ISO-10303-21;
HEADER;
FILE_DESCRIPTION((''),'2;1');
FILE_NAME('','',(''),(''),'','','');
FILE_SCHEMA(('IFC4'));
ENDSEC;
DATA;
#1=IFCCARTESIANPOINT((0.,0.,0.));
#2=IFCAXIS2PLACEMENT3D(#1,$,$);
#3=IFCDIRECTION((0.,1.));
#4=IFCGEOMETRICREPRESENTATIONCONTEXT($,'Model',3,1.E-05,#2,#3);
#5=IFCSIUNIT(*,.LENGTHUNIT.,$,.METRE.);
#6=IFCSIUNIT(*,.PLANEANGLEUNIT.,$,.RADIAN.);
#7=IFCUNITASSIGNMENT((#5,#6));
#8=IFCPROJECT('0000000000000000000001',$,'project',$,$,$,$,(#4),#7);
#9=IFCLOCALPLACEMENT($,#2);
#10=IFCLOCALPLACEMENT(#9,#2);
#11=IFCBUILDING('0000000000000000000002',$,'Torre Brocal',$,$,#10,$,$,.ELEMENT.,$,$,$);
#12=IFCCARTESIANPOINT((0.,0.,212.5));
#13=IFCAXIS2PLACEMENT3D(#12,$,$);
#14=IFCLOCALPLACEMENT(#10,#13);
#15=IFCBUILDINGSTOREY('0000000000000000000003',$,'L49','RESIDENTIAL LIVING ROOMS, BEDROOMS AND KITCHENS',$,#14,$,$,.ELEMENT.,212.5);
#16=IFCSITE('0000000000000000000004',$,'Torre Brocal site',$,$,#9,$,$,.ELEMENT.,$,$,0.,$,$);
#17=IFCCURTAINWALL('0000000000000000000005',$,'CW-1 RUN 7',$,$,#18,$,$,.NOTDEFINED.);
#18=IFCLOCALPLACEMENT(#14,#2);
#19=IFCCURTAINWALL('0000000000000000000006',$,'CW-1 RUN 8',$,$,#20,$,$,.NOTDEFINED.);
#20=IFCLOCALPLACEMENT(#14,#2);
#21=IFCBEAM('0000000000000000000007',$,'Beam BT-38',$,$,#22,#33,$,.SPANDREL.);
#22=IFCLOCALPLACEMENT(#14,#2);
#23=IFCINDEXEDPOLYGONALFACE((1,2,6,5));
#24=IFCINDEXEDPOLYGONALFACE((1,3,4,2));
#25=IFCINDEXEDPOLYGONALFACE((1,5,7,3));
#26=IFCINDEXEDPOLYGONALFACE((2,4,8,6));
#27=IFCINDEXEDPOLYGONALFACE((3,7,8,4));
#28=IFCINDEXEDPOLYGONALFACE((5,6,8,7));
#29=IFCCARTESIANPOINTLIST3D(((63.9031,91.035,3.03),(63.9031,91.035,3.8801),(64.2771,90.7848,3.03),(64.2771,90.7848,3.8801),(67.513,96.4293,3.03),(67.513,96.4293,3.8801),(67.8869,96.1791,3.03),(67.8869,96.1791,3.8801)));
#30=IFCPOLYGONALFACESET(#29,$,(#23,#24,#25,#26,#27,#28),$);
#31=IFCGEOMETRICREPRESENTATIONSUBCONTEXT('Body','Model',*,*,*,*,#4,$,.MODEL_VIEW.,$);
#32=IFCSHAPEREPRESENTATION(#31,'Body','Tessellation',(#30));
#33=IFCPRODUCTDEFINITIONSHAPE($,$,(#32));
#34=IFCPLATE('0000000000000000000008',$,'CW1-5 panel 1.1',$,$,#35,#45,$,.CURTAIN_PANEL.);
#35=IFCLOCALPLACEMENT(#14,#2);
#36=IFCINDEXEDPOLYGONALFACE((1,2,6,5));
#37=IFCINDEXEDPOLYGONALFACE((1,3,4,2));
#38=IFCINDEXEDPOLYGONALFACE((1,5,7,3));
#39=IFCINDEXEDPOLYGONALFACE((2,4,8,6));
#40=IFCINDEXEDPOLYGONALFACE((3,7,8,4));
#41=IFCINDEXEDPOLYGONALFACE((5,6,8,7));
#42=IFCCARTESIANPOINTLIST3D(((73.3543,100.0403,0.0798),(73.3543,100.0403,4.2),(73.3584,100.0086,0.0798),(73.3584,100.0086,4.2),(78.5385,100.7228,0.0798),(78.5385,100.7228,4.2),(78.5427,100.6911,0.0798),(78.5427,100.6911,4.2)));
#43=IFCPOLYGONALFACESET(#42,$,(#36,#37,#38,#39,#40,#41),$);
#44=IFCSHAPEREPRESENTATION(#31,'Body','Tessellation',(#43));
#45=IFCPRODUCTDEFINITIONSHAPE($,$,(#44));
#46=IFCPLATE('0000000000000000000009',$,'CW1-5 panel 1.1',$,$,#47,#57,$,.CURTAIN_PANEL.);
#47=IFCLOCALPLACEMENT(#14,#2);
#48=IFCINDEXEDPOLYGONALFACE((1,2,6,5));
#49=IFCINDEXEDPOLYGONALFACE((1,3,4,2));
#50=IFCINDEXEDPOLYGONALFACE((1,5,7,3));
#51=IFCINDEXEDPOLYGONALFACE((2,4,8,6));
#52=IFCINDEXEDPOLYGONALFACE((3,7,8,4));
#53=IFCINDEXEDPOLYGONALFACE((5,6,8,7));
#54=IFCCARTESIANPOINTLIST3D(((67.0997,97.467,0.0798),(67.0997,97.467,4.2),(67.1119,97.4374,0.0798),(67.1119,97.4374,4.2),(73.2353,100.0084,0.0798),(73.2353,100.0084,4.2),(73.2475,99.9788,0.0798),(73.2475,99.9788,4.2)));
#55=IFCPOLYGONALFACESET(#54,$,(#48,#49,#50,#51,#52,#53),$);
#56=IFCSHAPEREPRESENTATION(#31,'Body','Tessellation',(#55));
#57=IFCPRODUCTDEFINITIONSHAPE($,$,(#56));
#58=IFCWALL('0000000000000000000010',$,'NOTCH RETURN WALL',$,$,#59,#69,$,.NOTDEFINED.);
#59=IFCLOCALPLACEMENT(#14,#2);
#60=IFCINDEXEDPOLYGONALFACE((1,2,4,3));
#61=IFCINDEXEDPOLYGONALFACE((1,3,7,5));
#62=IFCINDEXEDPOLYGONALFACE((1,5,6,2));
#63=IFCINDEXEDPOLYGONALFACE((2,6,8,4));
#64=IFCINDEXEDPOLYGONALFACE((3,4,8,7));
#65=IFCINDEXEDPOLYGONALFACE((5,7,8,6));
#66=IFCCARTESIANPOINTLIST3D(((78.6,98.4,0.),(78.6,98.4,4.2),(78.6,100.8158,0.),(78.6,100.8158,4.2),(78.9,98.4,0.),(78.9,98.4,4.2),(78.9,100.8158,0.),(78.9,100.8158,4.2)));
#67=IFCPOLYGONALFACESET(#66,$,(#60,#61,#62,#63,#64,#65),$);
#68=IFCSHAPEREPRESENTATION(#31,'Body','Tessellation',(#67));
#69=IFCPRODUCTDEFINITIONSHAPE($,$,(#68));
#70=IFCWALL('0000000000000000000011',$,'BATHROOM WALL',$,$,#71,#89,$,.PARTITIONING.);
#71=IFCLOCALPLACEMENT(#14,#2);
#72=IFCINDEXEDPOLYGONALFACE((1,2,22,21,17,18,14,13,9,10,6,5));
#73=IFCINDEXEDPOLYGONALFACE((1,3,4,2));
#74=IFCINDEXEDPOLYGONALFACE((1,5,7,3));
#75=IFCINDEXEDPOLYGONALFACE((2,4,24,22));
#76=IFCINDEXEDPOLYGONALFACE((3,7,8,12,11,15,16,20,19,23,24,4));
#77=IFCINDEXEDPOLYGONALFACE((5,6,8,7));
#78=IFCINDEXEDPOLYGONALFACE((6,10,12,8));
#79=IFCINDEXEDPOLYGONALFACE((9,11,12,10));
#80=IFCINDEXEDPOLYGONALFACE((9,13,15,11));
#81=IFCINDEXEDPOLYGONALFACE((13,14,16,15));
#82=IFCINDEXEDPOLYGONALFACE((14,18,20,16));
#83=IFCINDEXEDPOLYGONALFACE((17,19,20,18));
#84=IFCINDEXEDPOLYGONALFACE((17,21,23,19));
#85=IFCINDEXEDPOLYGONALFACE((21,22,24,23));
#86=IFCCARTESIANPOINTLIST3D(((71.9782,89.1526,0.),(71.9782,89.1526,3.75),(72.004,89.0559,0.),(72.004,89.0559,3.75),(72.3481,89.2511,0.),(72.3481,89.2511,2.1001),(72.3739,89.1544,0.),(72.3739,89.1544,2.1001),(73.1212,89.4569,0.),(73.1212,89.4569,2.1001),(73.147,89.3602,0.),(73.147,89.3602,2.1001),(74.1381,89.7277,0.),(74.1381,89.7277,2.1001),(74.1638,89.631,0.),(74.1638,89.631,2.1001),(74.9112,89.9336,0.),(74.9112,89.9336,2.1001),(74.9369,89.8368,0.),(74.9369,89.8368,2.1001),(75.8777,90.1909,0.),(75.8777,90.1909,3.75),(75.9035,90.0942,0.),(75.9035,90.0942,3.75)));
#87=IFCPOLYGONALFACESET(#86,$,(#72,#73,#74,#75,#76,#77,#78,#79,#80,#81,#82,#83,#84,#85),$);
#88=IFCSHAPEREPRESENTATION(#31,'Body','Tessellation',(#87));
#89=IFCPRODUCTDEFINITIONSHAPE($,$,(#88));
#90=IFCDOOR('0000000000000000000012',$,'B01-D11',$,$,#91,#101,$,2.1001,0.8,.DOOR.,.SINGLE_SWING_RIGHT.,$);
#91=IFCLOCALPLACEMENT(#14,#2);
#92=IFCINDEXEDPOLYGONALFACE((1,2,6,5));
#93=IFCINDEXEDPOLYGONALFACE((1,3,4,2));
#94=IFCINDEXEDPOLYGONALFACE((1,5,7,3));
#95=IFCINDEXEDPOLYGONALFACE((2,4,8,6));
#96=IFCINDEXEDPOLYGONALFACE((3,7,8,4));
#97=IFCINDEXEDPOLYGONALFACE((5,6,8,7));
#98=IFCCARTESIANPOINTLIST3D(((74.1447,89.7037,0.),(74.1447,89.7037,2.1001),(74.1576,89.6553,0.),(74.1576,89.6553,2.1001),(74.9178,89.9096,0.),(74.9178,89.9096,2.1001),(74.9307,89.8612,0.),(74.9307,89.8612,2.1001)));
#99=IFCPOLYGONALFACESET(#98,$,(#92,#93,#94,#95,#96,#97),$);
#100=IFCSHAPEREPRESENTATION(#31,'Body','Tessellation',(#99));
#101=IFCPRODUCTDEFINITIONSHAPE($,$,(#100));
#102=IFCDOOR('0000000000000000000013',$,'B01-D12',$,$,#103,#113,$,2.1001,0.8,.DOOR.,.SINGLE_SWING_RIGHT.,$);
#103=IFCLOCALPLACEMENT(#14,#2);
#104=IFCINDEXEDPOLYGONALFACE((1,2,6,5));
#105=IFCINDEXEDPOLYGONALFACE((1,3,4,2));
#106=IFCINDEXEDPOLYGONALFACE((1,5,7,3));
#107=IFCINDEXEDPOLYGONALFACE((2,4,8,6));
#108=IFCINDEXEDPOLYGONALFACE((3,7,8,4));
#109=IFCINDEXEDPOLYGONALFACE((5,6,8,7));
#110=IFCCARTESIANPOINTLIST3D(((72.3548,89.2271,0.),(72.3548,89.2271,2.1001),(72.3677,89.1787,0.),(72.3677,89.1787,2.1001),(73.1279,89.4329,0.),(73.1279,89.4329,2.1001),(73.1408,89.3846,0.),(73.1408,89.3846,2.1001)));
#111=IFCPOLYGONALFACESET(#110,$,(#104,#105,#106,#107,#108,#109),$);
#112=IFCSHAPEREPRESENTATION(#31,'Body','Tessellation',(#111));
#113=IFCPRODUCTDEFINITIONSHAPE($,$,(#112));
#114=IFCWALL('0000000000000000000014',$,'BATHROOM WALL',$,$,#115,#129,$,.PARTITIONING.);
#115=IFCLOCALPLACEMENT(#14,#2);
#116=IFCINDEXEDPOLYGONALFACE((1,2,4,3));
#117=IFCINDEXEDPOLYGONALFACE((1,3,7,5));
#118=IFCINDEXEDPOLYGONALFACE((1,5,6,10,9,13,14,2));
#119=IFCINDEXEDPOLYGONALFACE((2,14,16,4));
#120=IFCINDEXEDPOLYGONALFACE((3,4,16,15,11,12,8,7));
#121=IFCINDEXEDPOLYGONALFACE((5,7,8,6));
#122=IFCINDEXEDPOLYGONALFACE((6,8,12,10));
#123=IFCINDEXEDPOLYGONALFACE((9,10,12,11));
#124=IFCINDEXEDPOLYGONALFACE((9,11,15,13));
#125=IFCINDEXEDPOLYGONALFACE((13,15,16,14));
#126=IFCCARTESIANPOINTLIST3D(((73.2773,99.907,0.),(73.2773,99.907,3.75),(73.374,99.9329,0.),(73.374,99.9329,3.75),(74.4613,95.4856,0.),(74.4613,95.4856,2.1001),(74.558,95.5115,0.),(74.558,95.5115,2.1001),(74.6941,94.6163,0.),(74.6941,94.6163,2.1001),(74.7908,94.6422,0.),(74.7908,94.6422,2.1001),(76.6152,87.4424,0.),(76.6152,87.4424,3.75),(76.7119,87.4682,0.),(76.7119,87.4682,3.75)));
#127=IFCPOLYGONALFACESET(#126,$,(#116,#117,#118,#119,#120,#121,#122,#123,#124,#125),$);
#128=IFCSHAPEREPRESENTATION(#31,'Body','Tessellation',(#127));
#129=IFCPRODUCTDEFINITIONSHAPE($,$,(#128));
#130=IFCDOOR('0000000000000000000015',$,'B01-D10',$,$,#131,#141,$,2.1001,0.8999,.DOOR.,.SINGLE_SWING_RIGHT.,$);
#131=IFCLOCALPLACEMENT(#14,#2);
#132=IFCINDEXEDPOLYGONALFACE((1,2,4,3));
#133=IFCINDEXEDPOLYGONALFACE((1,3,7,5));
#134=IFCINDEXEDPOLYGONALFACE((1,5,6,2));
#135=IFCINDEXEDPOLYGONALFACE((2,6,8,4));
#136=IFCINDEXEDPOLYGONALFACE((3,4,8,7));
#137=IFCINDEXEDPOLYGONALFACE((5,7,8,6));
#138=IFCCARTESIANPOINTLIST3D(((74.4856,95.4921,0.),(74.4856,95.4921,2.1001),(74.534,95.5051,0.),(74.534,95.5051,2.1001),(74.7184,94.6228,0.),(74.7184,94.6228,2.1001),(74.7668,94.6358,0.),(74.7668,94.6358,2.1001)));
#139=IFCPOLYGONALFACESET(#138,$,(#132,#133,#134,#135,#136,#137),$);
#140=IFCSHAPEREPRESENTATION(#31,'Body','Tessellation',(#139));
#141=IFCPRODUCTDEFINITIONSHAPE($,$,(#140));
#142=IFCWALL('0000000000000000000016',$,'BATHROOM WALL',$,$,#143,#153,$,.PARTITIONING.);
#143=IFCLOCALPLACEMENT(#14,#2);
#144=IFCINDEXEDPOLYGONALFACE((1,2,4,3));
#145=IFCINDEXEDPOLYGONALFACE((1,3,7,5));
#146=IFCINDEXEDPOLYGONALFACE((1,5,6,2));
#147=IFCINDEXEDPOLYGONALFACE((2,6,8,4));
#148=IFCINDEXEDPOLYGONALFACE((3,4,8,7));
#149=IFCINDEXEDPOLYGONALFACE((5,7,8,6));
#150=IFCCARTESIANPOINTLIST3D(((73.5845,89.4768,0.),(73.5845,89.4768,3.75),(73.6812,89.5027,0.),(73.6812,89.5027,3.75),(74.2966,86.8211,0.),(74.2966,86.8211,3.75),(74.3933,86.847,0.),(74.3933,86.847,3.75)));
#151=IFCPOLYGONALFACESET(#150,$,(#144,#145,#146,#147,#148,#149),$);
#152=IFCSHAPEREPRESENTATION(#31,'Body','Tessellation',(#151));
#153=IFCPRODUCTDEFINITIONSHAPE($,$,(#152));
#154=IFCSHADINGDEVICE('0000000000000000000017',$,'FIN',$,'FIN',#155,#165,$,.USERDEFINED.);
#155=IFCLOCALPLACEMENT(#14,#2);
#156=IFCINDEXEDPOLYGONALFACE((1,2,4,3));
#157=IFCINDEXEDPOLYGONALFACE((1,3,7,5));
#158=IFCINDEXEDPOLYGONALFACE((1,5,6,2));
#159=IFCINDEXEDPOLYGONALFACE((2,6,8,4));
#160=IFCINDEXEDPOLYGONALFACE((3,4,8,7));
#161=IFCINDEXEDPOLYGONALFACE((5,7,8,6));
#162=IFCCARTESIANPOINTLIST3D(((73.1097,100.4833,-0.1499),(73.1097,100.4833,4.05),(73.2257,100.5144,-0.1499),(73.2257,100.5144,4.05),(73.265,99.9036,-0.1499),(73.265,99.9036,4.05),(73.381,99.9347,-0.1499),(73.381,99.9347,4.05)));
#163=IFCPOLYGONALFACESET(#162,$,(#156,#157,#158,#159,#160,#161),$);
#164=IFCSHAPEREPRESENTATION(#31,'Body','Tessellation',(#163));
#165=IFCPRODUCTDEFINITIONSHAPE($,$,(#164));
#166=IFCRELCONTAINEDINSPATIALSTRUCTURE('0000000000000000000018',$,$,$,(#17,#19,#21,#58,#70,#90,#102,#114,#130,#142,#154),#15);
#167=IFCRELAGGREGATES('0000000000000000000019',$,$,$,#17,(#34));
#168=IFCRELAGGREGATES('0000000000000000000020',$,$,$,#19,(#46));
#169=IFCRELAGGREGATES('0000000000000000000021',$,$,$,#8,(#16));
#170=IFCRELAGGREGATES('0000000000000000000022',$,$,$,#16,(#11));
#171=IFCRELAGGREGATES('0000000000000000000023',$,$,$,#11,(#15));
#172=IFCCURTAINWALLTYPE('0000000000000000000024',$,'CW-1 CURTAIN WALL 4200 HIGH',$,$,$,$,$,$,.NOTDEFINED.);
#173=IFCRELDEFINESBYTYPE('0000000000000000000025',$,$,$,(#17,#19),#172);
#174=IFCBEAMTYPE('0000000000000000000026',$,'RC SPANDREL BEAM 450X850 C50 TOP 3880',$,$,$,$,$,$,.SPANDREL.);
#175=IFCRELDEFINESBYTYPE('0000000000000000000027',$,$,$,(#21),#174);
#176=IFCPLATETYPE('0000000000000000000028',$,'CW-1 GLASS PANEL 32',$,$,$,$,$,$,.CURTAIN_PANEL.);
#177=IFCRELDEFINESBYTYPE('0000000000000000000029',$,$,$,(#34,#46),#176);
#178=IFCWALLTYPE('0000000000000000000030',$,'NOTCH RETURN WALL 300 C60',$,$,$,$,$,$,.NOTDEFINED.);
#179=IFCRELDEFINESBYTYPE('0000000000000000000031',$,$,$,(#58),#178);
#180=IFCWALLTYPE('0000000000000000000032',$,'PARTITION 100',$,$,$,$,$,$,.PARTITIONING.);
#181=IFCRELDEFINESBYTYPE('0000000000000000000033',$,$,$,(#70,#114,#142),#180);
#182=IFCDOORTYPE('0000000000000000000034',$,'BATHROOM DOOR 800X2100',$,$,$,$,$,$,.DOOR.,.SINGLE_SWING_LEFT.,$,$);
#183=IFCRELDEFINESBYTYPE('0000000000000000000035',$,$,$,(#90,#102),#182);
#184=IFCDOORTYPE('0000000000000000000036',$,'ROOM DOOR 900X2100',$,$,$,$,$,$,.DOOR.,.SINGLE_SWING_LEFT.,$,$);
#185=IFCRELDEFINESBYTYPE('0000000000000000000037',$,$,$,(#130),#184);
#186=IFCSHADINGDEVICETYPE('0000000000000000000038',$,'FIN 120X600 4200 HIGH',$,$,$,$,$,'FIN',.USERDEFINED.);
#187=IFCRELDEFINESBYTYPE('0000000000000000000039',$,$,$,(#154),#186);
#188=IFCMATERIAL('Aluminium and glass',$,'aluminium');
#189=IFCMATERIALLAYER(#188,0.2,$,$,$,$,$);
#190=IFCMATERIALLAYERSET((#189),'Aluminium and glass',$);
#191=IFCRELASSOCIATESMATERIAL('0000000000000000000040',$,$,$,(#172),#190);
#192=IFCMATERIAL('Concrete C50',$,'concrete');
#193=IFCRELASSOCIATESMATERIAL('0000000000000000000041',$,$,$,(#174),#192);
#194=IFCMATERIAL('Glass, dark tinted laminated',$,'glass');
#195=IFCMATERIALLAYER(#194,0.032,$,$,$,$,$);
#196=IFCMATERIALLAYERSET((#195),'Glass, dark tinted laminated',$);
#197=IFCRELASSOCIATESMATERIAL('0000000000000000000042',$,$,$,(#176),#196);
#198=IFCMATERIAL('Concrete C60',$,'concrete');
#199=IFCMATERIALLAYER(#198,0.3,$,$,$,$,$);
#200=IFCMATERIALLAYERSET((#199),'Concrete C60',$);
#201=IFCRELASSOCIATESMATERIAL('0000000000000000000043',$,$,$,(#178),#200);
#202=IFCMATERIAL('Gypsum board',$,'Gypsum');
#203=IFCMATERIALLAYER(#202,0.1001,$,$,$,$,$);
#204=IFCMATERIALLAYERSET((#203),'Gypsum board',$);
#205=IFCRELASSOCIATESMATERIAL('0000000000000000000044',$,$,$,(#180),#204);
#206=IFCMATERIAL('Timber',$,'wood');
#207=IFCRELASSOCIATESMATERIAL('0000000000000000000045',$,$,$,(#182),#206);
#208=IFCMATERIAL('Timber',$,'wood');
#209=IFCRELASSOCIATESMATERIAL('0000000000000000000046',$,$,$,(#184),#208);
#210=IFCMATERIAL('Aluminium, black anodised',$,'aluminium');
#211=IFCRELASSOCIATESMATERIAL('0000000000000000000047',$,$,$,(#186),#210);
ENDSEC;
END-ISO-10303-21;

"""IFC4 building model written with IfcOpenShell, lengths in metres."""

from ifc_helpers import new_model, si_unit, direction, frame, frame_2d, origin, origin_2d, place, context, subcontext, project, spatial, rectangle, extrude, material, layer, layer_set, material_profile, profile_set, type_object, element, fill, aggregate, save


model = new_model("IFC4")

# Units and contexts
model_context = context("Model", 3, precision=1e-05, world=origin(), true_north=direction((0.0, 1.0)))
body_context = subcontext(model_context, "Body", "Model", "MODEL_VIEW")
ifc_project = project(units=[si_unit("LENGTHUNIT", "METRE"), si_unit("PLANEANGLEUNIT", "RADIAN")], contexts=[model_context])

# Site, building, storey
site_placement = place(None, origin())
site = spatial("IfcSite", under=ifc_project, at=site_placement, Name="Torre Brocal site", CompositionType="ELEMENT", RefElevation=0.0)
building_placement = place(site_placement, origin())
building = spatial("IfcBuilding", under=site, at=building_placement, Name="Torre Brocal", CompositionType="ELEMENT")
storey_placement = place(building_placement, frame((0.0, 0.0, 212.5)))
storey = spatial("IfcBuildingStorey", under=building, at=storey_placement, Name="L49", Description="RESIDENTIAL LIVING ROOMS, BEDROOMS AND KITCHENS", CompositionType="ELEMENT", Elevation=212.5)

# Curtain wall
ifc_material_1 = material(Name="Aluminium and glass", Category="aluminium")
ifc_layer_1 = layer(ifc_material_1, 0.2)
ifc_layer_set_1 = layer_set([ifc_layer_1], Name="Aluminium and glass")
curtain_wall_type = type_object("IfcCurtainWallType", Name="CW-1 CURTAIN WALL 4200 HIGH", PredefinedType="NOTDEFINED", material=ifc_layer_set_1)
curtain_wall_1_placement = place(storey_placement, origin())
curtain_wall_1 = element("IfcCurtainWall", 1, at=curtain_wall_1_placement, inside=storey, type_object=curtain_wall_type, Name="CW-1 RUN 7", PredefinedType="NOTDEFINED")

# Curtain wall
curtain_wall_2_placement = place(storey_placement, origin())
curtain_wall_2 = element("IfcCurtainWall", 2, at=curtain_wall_2_placement, inside=storey, type_object=curtain_wall_type, Name="CW-1 RUN 8", PredefinedType="NOTDEFINED")

# Beam
ifc_material_2 = material(Name="Concrete C50", Category="concrete")
ifc_material_profile_1 = material_profile(ifc_material_2, rectangle(XDim=0.45, YDim=0.8501, at=origin_2d()), Name="RC 450X850")
ifc_profile_set_1 = profile_set([ifc_material_profile_1], Name="Concrete C50")
beam_type_1 = type_object("IfcBeamType", Name="RC SPANDREL BEAM 450X850 C50 TOP 3880", PredefinedType="SPANDREL", material=ifc_profile_set_1)
beam_1_placement = place(storey_placement, frame((67.7, 96.3042, 3.4551), z_axis=(-0.556158, -0.831077, 0.0), x_axis=(0.831077, -0.556158, 0.0)))
element("IfcBeam", 3, at=beam_1_placement, inside=storey, type_object=beam_type_1, Name="Beam BT-38", PredefinedType="SPANDREL", context=body_context, shape_type="SweptSolid", body=[
    extrude(rectangle(XDim=0.45, YDim=0.8501, at=origin_2d()), origin(), (0.0, 0.0, 1.0), 6.4907),
])

# Plates
ifc_material_3 = material(Name="Glass, dark tinted laminated", Category="glass")
ifc_layer_2 = layer(ifc_material_3, 0.032)
ifc_layer_set_2 = layer_set([ifc_layer_2], Name="Glass, dark tinted laminated")
plate_type = type_object("IfcPlateType", Name="CW-1 GLASS PANEL 32", PredefinedType="CURTAIN_PANEL", material=ifc_layer_set_2)
plate_1_placement = place(storey_placement, frame((75.9485, 100.3657, 0.0798), z_axis=(0.0, 0.0, 1.0), x_axis=(-0.991445, -0.130526, 0.0)))
plate_1 = element("IfcPlate", 4, at=plate_1_placement, type_object=plate_type, Name="CW1-5 panel 1.1", PredefinedType="CURTAIN_PANEL", context=body_context, shape_type="SweptSolid", body=[
    extrude(rectangle(XDim=5.229, YDim=0.032, at=origin_2d()), origin(), (0.0, 0.0, 1.0), 4.1201),
])
aggregate(curtain_wall_1, [plate_1])
plate_2_placement = place(storey_placement, frame((70.1736, 98.7229, 0.0798), z_axis=(0.0, 0.0, 1.0), x_axis=(-0.92388, -0.382683, 0.0)))
plate_2 = element("IfcPlate", 5, at=plate_2_placement, type_object=plate_type, Name="CW1-5 panel 1.1", PredefinedType="CURTAIN_PANEL", context=body_context, shape_type="SweptSolid", body=[
    extrude(rectangle(XDim=6.6411, YDim=0.032, at=origin_2d()), origin(), (0.0, 0.0, 1.0), 4.1201),
])
aggregate(curtain_wall_2, [plate_2])

# Wall
ifc_material_4 = material(Name="Concrete C60", Category="concrete")
ifc_layer_3 = layer(ifc_material_4, 0.3)
ifc_layer_set_3 = layer_set([ifc_layer_3], Name="Concrete C60")
wall_type_1 = type_object("IfcWallType", Name="NOTCH RETURN WALL 300 C60", PredefinedType="NOTDEFINED", material=ifc_layer_set_3)
wall_1_placement = place(storey_placement, frame((78.75, 98.3999, 0.0), z_axis=(0.0, 0.0, 1.0), x_axis=(0.0, 1.0, 0.0)))
element("IfcWall", 6, at=wall_1_placement, inside=storey, type_object=wall_type_1, Name="NOTCH RETURN WALL", PredefinedType="NOTDEFINED", context=body_context, shape_type="SweptSolid", body=[
    extrude(rectangle(XDim=2.4158, YDim=0.3, at=frame_2d((1.208, 0.0))), origin(), (0.0, 0.0, 1.0), 4.2),
])

# Wall, openings, doors
ifc_material_5 = material(Name="Gypsum board", Category="Gypsum")
ifc_layer_4 = layer(ifc_material_5, 0.1001)
ifc_layer_set_4 = layer_set([ifc_layer_4], Name="Gypsum board")
wall_type_2 = type_object("IfcWallType", Name="PARTITION 100", PredefinedType="PARTITIONING", material=ifc_layer_set_4)
wall_2_placement = place(storey_placement, frame((71.9912, 89.1042, 0.0), z_axis=(0.0, 0.0, 1.0), x_axis=(0.966328, 0.257312, 0.0)))
wall_2 = element("IfcWall", 7, at=wall_2_placement, inside=storey, type_object=wall_type_2, Name="BATHROOM WALL", PredefinedType="PARTITIONING", context=body_context, shape_type="SweptSolid", body=[
    extrude(rectangle(XDim=4.0354, YDim=0.1001, at=frame_2d((2.0176, 0.0))), origin(), (0.0, 0.0, 1.0), 3.75),
])
opening_1_placement = place(wall_2_placement, frame((2.2351, 0.0, 0.0)))
opening_1 = element("IfcOpeningElement", 8, at=opening_1_placement, cuts=wall_2, PredefinedType="OPENING", context=body_context, shape_type="SweptSolid", body=[
    extrude(rectangle(XDim=0.8, YDim=2.1001, at=frame_2d((0.3999, 1.05))), frame((0.0, 0.0601, 0.0), z_axis=(0.0, -1.0, 0.0), x_axis=(1.0, 0.0, 0.0)), (0.0, 0.0, 1.0), 0.1201),
])
opening_2_placement = place(wall_2_placement, frame((0.3828, 0.0, 0.0)))
opening_2 = element("IfcOpeningElement", 9, at=opening_2_placement, cuts=wall_2, PredefinedType="OPENING", context=body_context, shape_type="SweptSolid", body=[
    extrude(rectangle(XDim=0.8, YDim=2.1001, at=frame_2d((0.3999, 1.05))), frame((0.0, 0.0601, 0.0), z_axis=(0.0, -1.0, 0.0), x_axis=(1.0, 0.0, 0.0)), (0.0, 0.0, 1.0), 0.1201),
])
ifc_material_6 = material(Name="Timber", Category="wood")
door_type_1 = type_object("IfcDoorType", Name="BATHROOM DOOR 800X2100", OperationType="SINGLE_SWING_LEFT", PredefinedType="DOOR", material=ifc_material_6)
door_1_placement = place(opening_1_placement, frame((0.8, 0.0, 0.0), z_axis=(0.0, 0.0, 1.0), x_axis=(-1.0, 0.0, 0.0)))
door_1 = element("IfcDoor", 10, at=door_1_placement, inside=storey, type_object=door_type_1, Name="B01-D11", OperationType="SINGLE_SWING_RIGHT", OverallHeight=2.1001, OverallWidth=0.8, PredefinedType="DOOR", context=body_context, shape_type="SweptSolid", body=[
    extrude(rectangle(XDim=0.8, YDim=2.1001, at=frame_2d((0.3999, 1.05))), frame((0.0, 0.0249, 0.0), z_axis=(0.0, -1.0, 0.0), x_axis=(1.0, 0.0, 0.0)), (0.0, 0.0, 1.0), 0.05),
])
fill(opening_1, door_1)
door_2_placement = place(opening_2_placement, frame((0.8, 0.0, 0.0), z_axis=(0.0, 0.0, 1.0), x_axis=(-1.0, 0.0, 0.0)))
door_2 = element("IfcDoor", 11, at=door_2_placement, inside=storey, type_object=door_type_1, Name="B01-D12", OperationType="SINGLE_SWING_RIGHT", OverallHeight=2.1001, OverallWidth=0.8, PredefinedType="DOOR", context=body_context, shape_type="SweptSolid", body=[
    extrude(rectangle(XDim=0.8, YDim=2.1001, at=frame_2d((0.3999, 1.05))), frame((0.0, 0.0249, 0.0), z_axis=(0.0, -1.0, 0.0), x_axis=(1.0, 0.0, 0.0)), (0.0, 0.0, 1.0), 0.05),
])
fill(opening_2, door_2)

# Wall, opening, door
wall_3_placement = place(storey_placement, frame((73.3257, 99.9199, 0.0), z_axis=(0.0, 0.0, 1.0), x_axis=(0.258675, -0.965964, 0.0)))
wall_3 = element("IfcWall", 12, at=wall_3_placement, inside=storey, type_object=wall_type_2, Name="BATHROOM WALL", PredefinedType="PARTITIONING", context=body_context, shape_type="SweptSolid", body=[
    extrude(rectangle(XDim=12.9038, YDim=0.1001, at=frame_2d((6.4519, 0.0))), origin(), (0.0, 0.0, 1.0), 3.75),
])
opening_3_placement = place(wall_3_placement, frame((4.5771, 0.0, 0.0)))
opening_3 = element("IfcOpeningElement", 13, at=opening_3_placement, cuts=wall_3, PredefinedType="OPENING", context=body_context, shape_type="SweptSolid", body=[
    extrude(rectangle(XDim=0.8999, YDim=2.1001, at=frame_2d((0.45, 1.05))), frame((0.0, 0.0601, 0.0), z_axis=(0.0, -1.0, 0.0), x_axis=(1.0, 0.0, 0.0)), (0.0, 0.0, 1.0), 0.1201),
])
ifc_material_7 = material(Name="Timber", Category="wood")
door_type_2 = type_object("IfcDoorType", Name="ROOM DOOR 900X2100", OperationType="SINGLE_SWING_LEFT", PredefinedType="DOOR", material=ifc_material_7)
door_3_placement = place(opening_3_placement, frame((0.8999, 0.0, 0.0), z_axis=(0.0, 0.0, 1.0), x_axis=(-1.0, 0.0, 0.0)))
door_3 = element("IfcDoor", 14, at=door_3_placement, inside=storey, type_object=door_type_2, Name="B01-D10", OperationType="SINGLE_SWING_RIGHT", OverallHeight=2.1001, OverallWidth=0.8999, PredefinedType="DOOR", context=body_context, shape_type="SweptSolid", body=[
    extrude(rectangle(XDim=0.8999, YDim=2.1001, at=frame_2d((0.45, 1.05))), frame((0.0, 0.0249, 0.0), z_axis=(0.0, -1.0, 0.0), x_axis=(1.0, 0.0, 0.0)), (0.0, 0.0, 1.0), 0.05),
])
fill(opening_3, door_3)

# Wall
wall_4_placement = place(storey_placement, frame((73.6328, 89.4897, 0.0), z_axis=(0.0, 0.0, 1.0), x_axis=(0.259005, -0.965876, 0.0)))
element("IfcWall", 15, at=wall_4_placement, inside=storey, type_object=wall_type_2, Name="BATHROOM WALL", PredefinedType="PARTITIONING", context=body_context, shape_type="SweptSolid", body=[
    extrude(rectangle(XDim=2.7495, YDim=0.1001, at=frame_2d((1.3748, 0.0))), origin(), (0.0, 0.0, 1.0), 3.75),
])

# Shading device
ifc_material_8 = material(Name="Aluminium, black anodised", Category="aluminium")
ifc_material_profile_2 = material_profile(ifc_material_8, rectangle(XDim=0.1201, YDim=0.6001, at=origin_2d()), Name="FIN 120X600 4200 HIGH")
ifc_profile_set_2 = profile_set([ifc_material_profile_2], Name="Aluminium, black anodised")
shading_device_type = type_object("IfcShadingDeviceType", Name="FIN 120X600 4200 HIGH", ElementType="FIN", PredefinedType="USERDEFINED", material=ifc_profile_set_2)
shading_device_placement = place(storey_placement, frame((73.2454, 100.209, -0.1499), z_axis=(0.0, 0.0, 1.0), x_axis=(-0.965926, -0.258819, 0.0)))
element("IfcShadingDevice", 16, at=shading_device_placement, inside=storey, type_object=shading_device_type, Name="FIN", ObjectType="FIN", PredefinedType="USERDEFINED", context=body_context, shape_type="SweptSolid", body=[
    extrude(rectangle(XDim=0.1201, YDim=0.6001, at=origin_2d()), origin(), (0.0, 0.0, 1.0), 4.2),
])

save(model, "model.ifc")
